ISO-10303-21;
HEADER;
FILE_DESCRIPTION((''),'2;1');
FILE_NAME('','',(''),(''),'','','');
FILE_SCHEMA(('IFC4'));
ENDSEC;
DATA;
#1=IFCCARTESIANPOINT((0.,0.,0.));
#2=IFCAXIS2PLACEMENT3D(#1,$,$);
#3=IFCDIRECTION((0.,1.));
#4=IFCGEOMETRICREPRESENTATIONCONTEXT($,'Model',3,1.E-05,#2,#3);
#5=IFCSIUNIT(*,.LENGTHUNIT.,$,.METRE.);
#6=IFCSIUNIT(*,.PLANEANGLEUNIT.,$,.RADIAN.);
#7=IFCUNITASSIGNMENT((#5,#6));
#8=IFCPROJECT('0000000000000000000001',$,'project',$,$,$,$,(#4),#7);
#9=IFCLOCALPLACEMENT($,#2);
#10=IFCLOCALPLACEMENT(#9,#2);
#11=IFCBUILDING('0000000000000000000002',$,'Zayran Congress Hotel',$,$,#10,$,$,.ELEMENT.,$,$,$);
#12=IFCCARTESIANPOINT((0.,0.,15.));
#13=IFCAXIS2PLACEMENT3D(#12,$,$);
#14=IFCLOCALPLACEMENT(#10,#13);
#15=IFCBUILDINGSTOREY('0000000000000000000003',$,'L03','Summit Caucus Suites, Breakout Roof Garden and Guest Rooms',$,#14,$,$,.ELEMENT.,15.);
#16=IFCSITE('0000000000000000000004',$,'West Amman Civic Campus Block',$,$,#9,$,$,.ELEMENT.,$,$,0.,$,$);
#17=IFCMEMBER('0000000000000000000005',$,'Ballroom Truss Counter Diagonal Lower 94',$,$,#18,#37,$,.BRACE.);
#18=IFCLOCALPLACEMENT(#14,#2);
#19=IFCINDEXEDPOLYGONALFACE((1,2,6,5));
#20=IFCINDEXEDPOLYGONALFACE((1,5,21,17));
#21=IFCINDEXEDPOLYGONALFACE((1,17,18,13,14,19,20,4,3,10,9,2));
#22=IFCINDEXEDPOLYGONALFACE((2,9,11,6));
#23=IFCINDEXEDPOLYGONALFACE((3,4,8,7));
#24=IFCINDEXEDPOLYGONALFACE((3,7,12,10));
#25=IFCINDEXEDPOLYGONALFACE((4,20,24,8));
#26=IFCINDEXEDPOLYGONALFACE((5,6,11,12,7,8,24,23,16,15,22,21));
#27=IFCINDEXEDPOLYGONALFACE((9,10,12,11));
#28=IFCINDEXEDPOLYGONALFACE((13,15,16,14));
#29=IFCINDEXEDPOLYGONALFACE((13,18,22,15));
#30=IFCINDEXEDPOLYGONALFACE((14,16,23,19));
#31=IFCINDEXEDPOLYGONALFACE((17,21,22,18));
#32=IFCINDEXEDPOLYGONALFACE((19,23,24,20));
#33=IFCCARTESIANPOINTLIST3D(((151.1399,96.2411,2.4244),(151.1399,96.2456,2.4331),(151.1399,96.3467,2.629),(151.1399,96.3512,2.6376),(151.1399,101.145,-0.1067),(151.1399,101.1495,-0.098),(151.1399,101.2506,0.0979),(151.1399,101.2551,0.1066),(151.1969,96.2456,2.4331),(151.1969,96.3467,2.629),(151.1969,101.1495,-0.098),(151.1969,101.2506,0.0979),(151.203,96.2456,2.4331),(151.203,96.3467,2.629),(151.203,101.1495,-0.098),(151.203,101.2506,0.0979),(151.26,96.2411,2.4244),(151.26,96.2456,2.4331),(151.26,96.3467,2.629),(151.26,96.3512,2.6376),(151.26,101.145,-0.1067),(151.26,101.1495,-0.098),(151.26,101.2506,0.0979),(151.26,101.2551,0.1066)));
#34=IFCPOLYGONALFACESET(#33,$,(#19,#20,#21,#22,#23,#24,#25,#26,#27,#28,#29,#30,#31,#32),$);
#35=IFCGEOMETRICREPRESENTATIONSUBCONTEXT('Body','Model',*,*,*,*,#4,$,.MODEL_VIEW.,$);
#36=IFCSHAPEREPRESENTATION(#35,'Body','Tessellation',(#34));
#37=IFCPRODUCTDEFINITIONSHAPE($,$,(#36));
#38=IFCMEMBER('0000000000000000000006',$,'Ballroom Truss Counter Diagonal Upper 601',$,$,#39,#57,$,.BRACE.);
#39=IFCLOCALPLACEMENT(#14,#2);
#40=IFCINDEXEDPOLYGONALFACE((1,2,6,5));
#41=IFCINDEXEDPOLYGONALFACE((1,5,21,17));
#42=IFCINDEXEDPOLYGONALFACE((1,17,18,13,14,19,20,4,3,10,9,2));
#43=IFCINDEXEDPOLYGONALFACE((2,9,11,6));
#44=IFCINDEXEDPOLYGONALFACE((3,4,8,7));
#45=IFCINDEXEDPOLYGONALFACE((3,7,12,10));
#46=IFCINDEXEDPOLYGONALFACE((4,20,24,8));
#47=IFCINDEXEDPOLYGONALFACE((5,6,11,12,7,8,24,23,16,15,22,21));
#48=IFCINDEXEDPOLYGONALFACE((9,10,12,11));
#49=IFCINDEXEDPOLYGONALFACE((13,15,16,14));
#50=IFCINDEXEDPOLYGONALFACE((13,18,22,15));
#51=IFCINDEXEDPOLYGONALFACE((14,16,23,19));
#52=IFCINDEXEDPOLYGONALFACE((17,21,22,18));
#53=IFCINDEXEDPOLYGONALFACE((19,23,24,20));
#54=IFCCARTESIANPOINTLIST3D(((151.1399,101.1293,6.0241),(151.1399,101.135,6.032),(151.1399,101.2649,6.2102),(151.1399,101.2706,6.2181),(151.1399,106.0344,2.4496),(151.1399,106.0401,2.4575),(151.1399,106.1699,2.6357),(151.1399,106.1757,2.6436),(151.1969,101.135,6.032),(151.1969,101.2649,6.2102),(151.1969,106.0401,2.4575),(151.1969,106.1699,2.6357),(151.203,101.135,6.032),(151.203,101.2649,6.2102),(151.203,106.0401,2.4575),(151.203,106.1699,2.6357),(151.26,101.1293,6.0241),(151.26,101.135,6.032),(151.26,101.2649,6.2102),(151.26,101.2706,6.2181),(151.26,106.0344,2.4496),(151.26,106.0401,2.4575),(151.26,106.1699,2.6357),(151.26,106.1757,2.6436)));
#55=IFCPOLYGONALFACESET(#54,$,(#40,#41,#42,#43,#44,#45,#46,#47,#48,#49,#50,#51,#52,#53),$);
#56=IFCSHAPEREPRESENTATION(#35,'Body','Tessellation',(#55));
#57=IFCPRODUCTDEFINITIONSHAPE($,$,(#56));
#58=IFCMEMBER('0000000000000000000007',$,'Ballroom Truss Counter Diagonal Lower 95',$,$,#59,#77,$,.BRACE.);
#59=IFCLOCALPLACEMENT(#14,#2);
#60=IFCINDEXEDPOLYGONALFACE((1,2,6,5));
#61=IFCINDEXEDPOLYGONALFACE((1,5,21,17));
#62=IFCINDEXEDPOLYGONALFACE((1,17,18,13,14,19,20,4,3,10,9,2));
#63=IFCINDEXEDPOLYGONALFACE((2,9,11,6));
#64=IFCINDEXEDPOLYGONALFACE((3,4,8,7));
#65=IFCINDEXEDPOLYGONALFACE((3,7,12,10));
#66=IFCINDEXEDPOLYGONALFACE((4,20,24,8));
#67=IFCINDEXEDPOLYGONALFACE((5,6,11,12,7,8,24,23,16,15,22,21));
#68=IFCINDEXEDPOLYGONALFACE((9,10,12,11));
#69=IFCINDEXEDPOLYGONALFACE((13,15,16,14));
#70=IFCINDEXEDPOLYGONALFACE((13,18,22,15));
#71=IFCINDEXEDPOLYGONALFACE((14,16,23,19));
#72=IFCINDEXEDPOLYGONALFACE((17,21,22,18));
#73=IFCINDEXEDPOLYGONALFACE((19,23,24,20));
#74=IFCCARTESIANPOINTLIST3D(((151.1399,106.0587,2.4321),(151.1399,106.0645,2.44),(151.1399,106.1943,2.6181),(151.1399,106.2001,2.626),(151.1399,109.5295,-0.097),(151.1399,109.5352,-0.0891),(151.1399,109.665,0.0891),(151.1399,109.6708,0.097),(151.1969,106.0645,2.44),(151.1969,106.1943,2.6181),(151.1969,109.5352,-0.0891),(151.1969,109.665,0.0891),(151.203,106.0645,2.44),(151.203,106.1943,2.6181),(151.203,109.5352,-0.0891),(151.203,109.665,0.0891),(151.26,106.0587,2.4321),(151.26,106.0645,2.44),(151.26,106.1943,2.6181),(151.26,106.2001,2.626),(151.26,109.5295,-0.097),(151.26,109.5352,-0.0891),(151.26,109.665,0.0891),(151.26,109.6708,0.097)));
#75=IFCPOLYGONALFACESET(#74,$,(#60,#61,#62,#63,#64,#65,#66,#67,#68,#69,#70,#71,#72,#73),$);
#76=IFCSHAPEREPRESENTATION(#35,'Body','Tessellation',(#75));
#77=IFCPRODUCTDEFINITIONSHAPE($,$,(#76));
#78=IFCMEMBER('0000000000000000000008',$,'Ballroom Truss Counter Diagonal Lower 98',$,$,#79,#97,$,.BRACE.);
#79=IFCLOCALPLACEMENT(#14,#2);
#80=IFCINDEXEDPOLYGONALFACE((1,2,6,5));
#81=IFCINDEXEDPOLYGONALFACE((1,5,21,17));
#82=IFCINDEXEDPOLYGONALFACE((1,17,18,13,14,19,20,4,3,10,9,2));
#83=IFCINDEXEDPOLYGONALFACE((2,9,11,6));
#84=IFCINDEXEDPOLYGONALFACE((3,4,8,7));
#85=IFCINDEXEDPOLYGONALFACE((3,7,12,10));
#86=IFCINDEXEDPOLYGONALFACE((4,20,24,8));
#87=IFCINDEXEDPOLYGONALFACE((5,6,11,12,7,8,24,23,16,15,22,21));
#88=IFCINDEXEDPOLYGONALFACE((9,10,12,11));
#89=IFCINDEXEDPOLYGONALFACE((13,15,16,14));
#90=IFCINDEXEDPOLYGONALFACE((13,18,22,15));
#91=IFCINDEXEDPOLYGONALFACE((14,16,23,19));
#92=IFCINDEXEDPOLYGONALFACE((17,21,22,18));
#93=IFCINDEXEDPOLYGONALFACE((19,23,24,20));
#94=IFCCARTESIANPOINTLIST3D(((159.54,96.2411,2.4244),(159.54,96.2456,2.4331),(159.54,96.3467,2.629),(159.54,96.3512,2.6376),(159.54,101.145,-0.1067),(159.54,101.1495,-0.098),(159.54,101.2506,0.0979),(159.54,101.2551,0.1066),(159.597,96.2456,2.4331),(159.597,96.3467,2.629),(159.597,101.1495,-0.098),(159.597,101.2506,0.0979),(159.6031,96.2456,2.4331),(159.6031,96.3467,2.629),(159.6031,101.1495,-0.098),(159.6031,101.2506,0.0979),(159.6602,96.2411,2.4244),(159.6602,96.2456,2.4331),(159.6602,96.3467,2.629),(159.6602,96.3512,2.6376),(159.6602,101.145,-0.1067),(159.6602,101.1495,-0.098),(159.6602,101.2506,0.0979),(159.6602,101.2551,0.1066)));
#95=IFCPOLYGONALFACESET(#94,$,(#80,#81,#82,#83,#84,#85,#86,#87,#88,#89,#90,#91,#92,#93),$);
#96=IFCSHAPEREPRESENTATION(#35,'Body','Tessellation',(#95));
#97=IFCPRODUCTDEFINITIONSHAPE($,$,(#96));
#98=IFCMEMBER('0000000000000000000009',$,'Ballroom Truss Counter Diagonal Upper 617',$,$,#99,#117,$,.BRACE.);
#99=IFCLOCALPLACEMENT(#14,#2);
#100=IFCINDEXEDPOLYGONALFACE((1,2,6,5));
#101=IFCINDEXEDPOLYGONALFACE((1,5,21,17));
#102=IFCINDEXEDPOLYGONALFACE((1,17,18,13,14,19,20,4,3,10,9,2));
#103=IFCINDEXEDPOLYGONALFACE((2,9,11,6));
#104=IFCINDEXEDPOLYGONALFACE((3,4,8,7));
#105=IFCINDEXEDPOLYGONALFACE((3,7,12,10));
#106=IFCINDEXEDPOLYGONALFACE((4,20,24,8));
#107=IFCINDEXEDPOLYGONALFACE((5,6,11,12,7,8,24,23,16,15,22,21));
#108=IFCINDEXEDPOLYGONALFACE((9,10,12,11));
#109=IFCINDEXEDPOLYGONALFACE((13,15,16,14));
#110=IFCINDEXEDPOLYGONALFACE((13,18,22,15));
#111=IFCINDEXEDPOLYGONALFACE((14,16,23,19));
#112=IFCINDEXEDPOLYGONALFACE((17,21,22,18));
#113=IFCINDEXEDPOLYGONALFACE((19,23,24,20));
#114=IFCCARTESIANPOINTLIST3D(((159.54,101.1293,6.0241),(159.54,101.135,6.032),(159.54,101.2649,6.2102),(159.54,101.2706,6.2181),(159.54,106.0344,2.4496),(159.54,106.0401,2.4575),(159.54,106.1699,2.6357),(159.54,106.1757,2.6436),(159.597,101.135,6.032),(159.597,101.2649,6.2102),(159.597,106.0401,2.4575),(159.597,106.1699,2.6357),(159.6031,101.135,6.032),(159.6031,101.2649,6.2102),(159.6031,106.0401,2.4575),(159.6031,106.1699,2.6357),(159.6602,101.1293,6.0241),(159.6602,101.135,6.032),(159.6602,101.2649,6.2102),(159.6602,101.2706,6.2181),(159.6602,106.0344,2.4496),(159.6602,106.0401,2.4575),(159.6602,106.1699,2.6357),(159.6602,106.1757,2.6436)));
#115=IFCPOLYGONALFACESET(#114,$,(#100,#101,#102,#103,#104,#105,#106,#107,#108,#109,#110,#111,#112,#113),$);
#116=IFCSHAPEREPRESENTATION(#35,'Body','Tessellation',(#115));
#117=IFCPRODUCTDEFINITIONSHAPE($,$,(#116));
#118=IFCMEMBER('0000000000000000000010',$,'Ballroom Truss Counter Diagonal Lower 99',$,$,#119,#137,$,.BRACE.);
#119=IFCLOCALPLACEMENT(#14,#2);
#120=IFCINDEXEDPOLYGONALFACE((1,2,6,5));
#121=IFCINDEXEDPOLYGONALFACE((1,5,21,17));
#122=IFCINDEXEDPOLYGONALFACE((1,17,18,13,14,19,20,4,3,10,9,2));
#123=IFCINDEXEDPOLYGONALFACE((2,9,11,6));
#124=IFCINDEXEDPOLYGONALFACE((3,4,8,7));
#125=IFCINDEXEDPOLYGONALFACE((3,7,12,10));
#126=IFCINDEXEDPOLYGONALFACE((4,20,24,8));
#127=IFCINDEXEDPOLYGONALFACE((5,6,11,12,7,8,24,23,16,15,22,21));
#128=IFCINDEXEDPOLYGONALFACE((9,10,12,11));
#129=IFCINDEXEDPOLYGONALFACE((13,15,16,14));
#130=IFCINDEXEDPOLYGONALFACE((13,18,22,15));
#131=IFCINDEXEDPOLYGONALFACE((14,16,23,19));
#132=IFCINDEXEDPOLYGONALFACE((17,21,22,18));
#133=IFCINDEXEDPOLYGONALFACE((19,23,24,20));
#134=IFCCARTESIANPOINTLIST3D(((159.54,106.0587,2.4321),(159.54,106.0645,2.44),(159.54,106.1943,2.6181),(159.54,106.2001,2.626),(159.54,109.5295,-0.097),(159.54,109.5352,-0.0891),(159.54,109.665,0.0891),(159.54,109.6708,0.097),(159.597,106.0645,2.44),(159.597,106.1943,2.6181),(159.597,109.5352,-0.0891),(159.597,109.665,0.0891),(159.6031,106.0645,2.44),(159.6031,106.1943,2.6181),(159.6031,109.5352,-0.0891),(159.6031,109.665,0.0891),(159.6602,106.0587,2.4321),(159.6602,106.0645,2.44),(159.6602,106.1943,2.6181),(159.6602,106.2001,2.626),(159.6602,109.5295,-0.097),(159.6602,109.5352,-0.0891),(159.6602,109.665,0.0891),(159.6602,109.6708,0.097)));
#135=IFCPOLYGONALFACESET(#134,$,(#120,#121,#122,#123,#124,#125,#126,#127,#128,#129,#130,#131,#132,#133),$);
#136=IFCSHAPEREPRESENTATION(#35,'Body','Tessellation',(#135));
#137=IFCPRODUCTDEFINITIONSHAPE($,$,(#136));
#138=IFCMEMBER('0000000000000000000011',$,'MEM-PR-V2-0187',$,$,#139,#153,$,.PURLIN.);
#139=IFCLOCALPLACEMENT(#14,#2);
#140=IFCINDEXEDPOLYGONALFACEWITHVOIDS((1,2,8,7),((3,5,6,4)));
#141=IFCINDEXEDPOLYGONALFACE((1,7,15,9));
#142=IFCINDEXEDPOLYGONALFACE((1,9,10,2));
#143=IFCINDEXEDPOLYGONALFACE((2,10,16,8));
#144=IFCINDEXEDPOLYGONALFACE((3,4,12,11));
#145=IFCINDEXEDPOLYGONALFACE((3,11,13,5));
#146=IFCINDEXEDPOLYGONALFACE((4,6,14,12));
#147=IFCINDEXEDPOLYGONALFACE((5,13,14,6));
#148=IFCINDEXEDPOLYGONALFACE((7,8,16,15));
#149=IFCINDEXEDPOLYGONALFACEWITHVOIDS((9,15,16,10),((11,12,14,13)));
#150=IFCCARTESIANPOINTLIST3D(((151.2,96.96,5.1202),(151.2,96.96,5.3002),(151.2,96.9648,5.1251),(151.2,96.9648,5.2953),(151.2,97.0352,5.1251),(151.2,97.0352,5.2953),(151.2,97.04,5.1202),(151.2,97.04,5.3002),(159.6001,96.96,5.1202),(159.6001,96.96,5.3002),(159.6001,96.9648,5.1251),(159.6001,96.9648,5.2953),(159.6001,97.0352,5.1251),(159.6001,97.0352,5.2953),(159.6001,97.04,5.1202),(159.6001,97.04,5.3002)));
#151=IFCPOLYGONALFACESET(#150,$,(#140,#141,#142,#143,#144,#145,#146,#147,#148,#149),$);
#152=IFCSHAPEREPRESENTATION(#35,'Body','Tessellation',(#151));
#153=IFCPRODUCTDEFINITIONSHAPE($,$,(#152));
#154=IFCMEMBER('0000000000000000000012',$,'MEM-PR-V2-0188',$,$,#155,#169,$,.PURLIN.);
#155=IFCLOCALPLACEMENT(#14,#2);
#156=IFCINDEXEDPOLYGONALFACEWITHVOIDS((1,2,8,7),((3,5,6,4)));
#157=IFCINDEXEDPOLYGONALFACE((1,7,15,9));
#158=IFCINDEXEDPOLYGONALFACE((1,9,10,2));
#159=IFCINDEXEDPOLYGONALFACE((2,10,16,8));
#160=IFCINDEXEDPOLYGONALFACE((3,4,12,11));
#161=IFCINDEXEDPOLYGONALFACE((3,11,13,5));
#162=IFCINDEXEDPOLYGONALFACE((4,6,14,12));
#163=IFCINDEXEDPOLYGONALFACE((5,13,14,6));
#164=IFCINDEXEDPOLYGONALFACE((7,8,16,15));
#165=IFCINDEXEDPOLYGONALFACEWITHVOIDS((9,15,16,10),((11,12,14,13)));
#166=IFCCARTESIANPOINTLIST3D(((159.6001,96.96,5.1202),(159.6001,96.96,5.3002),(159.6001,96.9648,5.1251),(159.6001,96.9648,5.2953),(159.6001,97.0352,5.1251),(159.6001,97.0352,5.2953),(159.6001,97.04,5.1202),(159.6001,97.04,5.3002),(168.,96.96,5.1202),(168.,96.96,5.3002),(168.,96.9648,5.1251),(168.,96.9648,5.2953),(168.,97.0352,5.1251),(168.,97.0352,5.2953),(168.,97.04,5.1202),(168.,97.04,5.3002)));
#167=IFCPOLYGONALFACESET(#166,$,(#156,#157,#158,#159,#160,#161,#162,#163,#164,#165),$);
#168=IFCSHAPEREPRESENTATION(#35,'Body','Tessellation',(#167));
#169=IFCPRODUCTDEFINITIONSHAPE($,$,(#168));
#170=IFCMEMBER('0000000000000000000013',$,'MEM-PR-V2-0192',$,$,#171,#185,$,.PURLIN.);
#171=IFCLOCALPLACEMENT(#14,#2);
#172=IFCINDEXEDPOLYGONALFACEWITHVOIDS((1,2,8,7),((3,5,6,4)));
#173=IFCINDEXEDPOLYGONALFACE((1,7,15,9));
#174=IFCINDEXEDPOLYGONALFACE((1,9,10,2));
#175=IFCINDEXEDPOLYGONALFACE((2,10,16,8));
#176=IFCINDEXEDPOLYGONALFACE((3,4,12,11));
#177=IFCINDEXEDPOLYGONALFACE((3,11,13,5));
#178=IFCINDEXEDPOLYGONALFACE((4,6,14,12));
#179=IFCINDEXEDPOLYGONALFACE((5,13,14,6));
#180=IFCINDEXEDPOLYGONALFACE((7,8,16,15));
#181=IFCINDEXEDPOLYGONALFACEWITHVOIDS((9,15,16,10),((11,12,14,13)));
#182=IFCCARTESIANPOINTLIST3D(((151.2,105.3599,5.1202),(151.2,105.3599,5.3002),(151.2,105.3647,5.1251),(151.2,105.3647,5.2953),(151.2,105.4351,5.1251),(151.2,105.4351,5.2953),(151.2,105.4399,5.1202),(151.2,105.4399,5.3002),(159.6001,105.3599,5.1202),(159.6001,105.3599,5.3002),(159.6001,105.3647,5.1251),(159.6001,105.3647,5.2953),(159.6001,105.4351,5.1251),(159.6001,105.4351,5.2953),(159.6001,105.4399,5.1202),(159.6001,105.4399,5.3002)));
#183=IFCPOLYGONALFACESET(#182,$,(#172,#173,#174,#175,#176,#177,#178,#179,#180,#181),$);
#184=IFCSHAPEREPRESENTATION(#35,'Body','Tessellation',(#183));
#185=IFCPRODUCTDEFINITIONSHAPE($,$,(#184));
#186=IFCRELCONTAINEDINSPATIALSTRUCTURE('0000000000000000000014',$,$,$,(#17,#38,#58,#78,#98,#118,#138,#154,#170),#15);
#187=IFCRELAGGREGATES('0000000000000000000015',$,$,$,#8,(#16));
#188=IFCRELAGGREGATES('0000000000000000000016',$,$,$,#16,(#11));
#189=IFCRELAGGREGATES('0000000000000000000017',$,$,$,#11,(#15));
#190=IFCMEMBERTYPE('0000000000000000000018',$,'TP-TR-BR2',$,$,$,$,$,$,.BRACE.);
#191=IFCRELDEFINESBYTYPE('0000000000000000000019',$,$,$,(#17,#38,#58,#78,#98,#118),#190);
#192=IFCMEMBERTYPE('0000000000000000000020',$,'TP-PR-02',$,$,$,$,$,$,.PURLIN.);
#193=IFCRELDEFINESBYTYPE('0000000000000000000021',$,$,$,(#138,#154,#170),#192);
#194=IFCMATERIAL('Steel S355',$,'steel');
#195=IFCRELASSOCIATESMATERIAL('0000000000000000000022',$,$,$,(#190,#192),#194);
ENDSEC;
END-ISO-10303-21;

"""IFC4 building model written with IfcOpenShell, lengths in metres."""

from ifc_helpers import new_model, si_unit, direction, frame, origin, origin_2d, place, context, subcontext, project, spatial, hollow_rectangle, i_section, extrude, material, material_profile, profile_set, type_object, element, save


model = new_model("IFC4")

# Units and contexts
model_context = context("Model", 3, precision=1e-05, world=origin(), true_north=direction((0.0, 1.0)))
body_context = subcontext(model_context, "Body", "Model", "MODEL_VIEW")
ifc_project = project(units=[si_unit("LENGTHUNIT", "METRE"), si_unit("PLANEANGLEUNIT", "RADIAN")], contexts=[model_context])

# Site, building, storey
site_placement = place(None, origin())
site = spatial("IfcSite", under=ifc_project, at=site_placement, Name="West Amman Civic Campus Block", CompositionType="ELEMENT", RefElevation=0.0)
building_placement = place(site_placement, origin())
building = spatial("IfcBuilding", under=site, at=building_placement, Name="Zayran Congress Hotel", CompositionType="ELEMENT")
storey_placement = place(building_placement, frame((0.0, 0.0, 15.0)))
storey = spatial("IfcBuildingStorey", under=building, at=storey_placement, Name="L03", Description="Summit Caucus Suites, Breakout Roof Garden and Guest Rooms", CompositionType="ELEMENT", Elevation=15.0)

# Shared definitions
ifc_material_1 = material(Name="Steel S355", Category="steel")

# Members
ifc_material_profile_1 = material_profile(ifc_material_1, i_section(OverallWidth=0.1201, OverallDepth=0.24, WebThickness=0.0061, FlangeThickness=0.0098, at=origin_2d()), Name="IPE 240")
ifc_profile_set_1 = profile_set([ifc_material_profile_1], Name="Steel S355")
member_type_1 = type_object("IfcMemberType", Name="TP-TR-BR2", PredefinedType="BRACE", material=ifc_profile_set_1)
member_1_placement = place(storey_placement, frame((151.2, 96.2961, 2.531), z_axis=(0.0, 0.88862, -0.458644), x_axis=(-1.0, 0.0, 0.0)))
element("IfcMember", 1, at=member_1_placement, inside=storey, type_object=member_type_1, Name="Ballroom Truss Counter Diagonal Lower 94", PredefinedType="BRACE", context=body_context, shape_type="SweptSolid", body=[
    extrude(i_section(OverallWidth=0.1201, OverallDepth=0.24, WebThickness=0.0061, FlangeThickness=0.0098, at=origin_2d()), origin(), (0.0, 0.0, 1.0), 5.5186),
])
member_2_placement = place(storey_placement, frame((151.2, 101.2, 6.1211), z_axis=(0.0, 0.808174, -0.588944), x_axis=(-1.0, 0.0, 0.0)))
element("IfcMember", 2, at=member_2_placement, inside=storey, type_object=member_type_1, Name="Ballroom Truss Counter Diagonal Upper 601", PredefinedType="BRACE", context=body_context, shape_type="SweptSolid", body=[
    extrude(i_section(OverallWidth=0.1201, OverallDepth=0.24, WebThickness=0.0061, FlangeThickness=0.0098, at=origin_2d()), origin(), (0.0, 0.0, 1.0), 6.0693),
])
member_3_placement = place(storey_placement, frame((151.2, 106.1294, 2.5291), z_axis=(0.0, 0.808192, -0.588918), x_axis=(-1.0, 0.0, 0.0)))
element("IfcMember", 3, at=member_3_placement, inside=storey, type_object=member_type_1, Name="Ballroom Truss Counter Diagonal Lower 95", PredefinedType="BRACE", context=body_context, shape_type="SweptSolid", body=[
    extrude(i_section(OverallWidth=0.1201, OverallDepth=0.24, WebThickness=0.0061, FlangeThickness=0.0098, at=origin_2d()), origin(), (0.0, 0.0, 1.0), 4.2944),
])
member_4_placement = place(storey_placement, frame((159.6001, 96.2961, 2.531), z_axis=(0.0, 0.88862, -0.458644), x_axis=(-1.0, 0.0, 0.0)))
element("IfcMember", 4, at=member_4_placement, inside=storey, type_object=member_type_1, Name="Ballroom Truss Counter Diagonal Lower 98", PredefinedType="BRACE", context=body_context, shape_type="SweptSolid", body=[
    extrude(i_section(OverallWidth=0.1201, OverallDepth=0.24, WebThickness=0.0061, FlangeThickness=0.0098, at=origin_2d()), origin(), (0.0, 0.0, 1.0), 5.5186),
])
member_5_placement = place(storey_placement, frame((159.6001, 101.2, 6.1211), z_axis=(0.0, 0.808174, -0.588944), x_axis=(-1.0, 0.0, 0.0)))
element("IfcMember", 5, at=member_5_placement, inside=storey, type_object=member_type_1, Name="Ballroom Truss Counter Diagonal Upper 617", PredefinedType="BRACE", context=body_context, shape_type="SweptSolid", body=[
    extrude(i_section(OverallWidth=0.1201, OverallDepth=0.24, WebThickness=0.0061, FlangeThickness=0.0098, at=origin_2d()), origin(), (0.0, 0.0, 1.0), 6.0693),
])
member_6_placement = place(storey_placement, frame((159.6001, 106.1294, 2.5291), z_axis=(0.0, 0.808192, -0.588918), x_axis=(-1.0, 0.0, 0.0)))
element("IfcMember", 6, at=member_6_placement, inside=storey, type_object=member_type_1, Name="Ballroom Truss Counter Diagonal Lower 99", PredefinedType="BRACE", context=body_context, shape_type="SweptSolid", body=[
    extrude(i_section(OverallWidth=0.1201, OverallDepth=0.24, WebThickness=0.0061, FlangeThickness=0.0098, at=origin_2d()), origin(), (0.0, 0.0, 1.0), 4.2944),
])
ifc_material_profile_2 = material_profile(ifc_material_1, hollow_rectangle(XDim=0.0801, YDim=0.1799, WallThickness=0.0049, at=origin_2d()), Name="RHS 180x80x5")
ifc_profile_set_2 = profile_set([ifc_material_profile_2], Name="Steel S355")
member_type_2 = type_object("IfcMemberType", Name="TP-PR-02", PredefinedType="PURLIN", material=ifc_profile_set_2)
member_7_placement = place(storey_placement, frame((151.2, 97.0, 5.2102), z_axis=(1.0, 0.0, 0.0), x_axis=(0.0, 1.0, 0.0)))
element("IfcMember", 7, at=member_7_placement, inside=storey, type_object=member_type_2, Name="MEM-PR-V2-0187", PredefinedType="PURLIN", context=body_context, shape_type="SweptSolid", body=[
    extrude(hollow_rectangle(XDim=0.0801, YDim=0.1799, WallThickness=0.0049, at=origin_2d()), origin(), (0.0, 0.0, 1.0), 8.4001),
])
member_8_placement = place(storey_placement, frame((159.6001, 97.0, 5.2102), z_axis=(1.0, 0.0, 0.0), x_axis=(0.0, 1.0, 0.0)))
element("IfcMember", 8, at=member_8_placement, inside=storey, type_object=member_type_2, Name="MEM-PR-V2-0188", PredefinedType="PURLIN", context=body_context, shape_type="SweptSolid", body=[
    extrude(hollow_rectangle(XDim=0.0801, YDim=0.1799, WallThickness=0.0049, at=origin_2d()), origin(), (0.0, 0.0, 1.0), 8.3999),
])
member_9_placement = place(storey_placement, frame((151.2, 105.3999, 5.2102), z_axis=(1.0, 0.0, 0.0), x_axis=(0.0, 1.0, 0.0)))
element("IfcMember", 9, at=member_9_placement, inside=storey, type_object=member_type_2, Name="MEM-PR-V2-0192", PredefinedType="PURLIN", context=body_context, shape_type="SweptSolid", body=[
    extrude(hollow_rectangle(XDim=0.0801, YDim=0.1799, WallThickness=0.0049, at=origin_2d()), origin(), (0.0, 0.0, 1.0), 8.4001),
])

save(model, "model.ifc")
